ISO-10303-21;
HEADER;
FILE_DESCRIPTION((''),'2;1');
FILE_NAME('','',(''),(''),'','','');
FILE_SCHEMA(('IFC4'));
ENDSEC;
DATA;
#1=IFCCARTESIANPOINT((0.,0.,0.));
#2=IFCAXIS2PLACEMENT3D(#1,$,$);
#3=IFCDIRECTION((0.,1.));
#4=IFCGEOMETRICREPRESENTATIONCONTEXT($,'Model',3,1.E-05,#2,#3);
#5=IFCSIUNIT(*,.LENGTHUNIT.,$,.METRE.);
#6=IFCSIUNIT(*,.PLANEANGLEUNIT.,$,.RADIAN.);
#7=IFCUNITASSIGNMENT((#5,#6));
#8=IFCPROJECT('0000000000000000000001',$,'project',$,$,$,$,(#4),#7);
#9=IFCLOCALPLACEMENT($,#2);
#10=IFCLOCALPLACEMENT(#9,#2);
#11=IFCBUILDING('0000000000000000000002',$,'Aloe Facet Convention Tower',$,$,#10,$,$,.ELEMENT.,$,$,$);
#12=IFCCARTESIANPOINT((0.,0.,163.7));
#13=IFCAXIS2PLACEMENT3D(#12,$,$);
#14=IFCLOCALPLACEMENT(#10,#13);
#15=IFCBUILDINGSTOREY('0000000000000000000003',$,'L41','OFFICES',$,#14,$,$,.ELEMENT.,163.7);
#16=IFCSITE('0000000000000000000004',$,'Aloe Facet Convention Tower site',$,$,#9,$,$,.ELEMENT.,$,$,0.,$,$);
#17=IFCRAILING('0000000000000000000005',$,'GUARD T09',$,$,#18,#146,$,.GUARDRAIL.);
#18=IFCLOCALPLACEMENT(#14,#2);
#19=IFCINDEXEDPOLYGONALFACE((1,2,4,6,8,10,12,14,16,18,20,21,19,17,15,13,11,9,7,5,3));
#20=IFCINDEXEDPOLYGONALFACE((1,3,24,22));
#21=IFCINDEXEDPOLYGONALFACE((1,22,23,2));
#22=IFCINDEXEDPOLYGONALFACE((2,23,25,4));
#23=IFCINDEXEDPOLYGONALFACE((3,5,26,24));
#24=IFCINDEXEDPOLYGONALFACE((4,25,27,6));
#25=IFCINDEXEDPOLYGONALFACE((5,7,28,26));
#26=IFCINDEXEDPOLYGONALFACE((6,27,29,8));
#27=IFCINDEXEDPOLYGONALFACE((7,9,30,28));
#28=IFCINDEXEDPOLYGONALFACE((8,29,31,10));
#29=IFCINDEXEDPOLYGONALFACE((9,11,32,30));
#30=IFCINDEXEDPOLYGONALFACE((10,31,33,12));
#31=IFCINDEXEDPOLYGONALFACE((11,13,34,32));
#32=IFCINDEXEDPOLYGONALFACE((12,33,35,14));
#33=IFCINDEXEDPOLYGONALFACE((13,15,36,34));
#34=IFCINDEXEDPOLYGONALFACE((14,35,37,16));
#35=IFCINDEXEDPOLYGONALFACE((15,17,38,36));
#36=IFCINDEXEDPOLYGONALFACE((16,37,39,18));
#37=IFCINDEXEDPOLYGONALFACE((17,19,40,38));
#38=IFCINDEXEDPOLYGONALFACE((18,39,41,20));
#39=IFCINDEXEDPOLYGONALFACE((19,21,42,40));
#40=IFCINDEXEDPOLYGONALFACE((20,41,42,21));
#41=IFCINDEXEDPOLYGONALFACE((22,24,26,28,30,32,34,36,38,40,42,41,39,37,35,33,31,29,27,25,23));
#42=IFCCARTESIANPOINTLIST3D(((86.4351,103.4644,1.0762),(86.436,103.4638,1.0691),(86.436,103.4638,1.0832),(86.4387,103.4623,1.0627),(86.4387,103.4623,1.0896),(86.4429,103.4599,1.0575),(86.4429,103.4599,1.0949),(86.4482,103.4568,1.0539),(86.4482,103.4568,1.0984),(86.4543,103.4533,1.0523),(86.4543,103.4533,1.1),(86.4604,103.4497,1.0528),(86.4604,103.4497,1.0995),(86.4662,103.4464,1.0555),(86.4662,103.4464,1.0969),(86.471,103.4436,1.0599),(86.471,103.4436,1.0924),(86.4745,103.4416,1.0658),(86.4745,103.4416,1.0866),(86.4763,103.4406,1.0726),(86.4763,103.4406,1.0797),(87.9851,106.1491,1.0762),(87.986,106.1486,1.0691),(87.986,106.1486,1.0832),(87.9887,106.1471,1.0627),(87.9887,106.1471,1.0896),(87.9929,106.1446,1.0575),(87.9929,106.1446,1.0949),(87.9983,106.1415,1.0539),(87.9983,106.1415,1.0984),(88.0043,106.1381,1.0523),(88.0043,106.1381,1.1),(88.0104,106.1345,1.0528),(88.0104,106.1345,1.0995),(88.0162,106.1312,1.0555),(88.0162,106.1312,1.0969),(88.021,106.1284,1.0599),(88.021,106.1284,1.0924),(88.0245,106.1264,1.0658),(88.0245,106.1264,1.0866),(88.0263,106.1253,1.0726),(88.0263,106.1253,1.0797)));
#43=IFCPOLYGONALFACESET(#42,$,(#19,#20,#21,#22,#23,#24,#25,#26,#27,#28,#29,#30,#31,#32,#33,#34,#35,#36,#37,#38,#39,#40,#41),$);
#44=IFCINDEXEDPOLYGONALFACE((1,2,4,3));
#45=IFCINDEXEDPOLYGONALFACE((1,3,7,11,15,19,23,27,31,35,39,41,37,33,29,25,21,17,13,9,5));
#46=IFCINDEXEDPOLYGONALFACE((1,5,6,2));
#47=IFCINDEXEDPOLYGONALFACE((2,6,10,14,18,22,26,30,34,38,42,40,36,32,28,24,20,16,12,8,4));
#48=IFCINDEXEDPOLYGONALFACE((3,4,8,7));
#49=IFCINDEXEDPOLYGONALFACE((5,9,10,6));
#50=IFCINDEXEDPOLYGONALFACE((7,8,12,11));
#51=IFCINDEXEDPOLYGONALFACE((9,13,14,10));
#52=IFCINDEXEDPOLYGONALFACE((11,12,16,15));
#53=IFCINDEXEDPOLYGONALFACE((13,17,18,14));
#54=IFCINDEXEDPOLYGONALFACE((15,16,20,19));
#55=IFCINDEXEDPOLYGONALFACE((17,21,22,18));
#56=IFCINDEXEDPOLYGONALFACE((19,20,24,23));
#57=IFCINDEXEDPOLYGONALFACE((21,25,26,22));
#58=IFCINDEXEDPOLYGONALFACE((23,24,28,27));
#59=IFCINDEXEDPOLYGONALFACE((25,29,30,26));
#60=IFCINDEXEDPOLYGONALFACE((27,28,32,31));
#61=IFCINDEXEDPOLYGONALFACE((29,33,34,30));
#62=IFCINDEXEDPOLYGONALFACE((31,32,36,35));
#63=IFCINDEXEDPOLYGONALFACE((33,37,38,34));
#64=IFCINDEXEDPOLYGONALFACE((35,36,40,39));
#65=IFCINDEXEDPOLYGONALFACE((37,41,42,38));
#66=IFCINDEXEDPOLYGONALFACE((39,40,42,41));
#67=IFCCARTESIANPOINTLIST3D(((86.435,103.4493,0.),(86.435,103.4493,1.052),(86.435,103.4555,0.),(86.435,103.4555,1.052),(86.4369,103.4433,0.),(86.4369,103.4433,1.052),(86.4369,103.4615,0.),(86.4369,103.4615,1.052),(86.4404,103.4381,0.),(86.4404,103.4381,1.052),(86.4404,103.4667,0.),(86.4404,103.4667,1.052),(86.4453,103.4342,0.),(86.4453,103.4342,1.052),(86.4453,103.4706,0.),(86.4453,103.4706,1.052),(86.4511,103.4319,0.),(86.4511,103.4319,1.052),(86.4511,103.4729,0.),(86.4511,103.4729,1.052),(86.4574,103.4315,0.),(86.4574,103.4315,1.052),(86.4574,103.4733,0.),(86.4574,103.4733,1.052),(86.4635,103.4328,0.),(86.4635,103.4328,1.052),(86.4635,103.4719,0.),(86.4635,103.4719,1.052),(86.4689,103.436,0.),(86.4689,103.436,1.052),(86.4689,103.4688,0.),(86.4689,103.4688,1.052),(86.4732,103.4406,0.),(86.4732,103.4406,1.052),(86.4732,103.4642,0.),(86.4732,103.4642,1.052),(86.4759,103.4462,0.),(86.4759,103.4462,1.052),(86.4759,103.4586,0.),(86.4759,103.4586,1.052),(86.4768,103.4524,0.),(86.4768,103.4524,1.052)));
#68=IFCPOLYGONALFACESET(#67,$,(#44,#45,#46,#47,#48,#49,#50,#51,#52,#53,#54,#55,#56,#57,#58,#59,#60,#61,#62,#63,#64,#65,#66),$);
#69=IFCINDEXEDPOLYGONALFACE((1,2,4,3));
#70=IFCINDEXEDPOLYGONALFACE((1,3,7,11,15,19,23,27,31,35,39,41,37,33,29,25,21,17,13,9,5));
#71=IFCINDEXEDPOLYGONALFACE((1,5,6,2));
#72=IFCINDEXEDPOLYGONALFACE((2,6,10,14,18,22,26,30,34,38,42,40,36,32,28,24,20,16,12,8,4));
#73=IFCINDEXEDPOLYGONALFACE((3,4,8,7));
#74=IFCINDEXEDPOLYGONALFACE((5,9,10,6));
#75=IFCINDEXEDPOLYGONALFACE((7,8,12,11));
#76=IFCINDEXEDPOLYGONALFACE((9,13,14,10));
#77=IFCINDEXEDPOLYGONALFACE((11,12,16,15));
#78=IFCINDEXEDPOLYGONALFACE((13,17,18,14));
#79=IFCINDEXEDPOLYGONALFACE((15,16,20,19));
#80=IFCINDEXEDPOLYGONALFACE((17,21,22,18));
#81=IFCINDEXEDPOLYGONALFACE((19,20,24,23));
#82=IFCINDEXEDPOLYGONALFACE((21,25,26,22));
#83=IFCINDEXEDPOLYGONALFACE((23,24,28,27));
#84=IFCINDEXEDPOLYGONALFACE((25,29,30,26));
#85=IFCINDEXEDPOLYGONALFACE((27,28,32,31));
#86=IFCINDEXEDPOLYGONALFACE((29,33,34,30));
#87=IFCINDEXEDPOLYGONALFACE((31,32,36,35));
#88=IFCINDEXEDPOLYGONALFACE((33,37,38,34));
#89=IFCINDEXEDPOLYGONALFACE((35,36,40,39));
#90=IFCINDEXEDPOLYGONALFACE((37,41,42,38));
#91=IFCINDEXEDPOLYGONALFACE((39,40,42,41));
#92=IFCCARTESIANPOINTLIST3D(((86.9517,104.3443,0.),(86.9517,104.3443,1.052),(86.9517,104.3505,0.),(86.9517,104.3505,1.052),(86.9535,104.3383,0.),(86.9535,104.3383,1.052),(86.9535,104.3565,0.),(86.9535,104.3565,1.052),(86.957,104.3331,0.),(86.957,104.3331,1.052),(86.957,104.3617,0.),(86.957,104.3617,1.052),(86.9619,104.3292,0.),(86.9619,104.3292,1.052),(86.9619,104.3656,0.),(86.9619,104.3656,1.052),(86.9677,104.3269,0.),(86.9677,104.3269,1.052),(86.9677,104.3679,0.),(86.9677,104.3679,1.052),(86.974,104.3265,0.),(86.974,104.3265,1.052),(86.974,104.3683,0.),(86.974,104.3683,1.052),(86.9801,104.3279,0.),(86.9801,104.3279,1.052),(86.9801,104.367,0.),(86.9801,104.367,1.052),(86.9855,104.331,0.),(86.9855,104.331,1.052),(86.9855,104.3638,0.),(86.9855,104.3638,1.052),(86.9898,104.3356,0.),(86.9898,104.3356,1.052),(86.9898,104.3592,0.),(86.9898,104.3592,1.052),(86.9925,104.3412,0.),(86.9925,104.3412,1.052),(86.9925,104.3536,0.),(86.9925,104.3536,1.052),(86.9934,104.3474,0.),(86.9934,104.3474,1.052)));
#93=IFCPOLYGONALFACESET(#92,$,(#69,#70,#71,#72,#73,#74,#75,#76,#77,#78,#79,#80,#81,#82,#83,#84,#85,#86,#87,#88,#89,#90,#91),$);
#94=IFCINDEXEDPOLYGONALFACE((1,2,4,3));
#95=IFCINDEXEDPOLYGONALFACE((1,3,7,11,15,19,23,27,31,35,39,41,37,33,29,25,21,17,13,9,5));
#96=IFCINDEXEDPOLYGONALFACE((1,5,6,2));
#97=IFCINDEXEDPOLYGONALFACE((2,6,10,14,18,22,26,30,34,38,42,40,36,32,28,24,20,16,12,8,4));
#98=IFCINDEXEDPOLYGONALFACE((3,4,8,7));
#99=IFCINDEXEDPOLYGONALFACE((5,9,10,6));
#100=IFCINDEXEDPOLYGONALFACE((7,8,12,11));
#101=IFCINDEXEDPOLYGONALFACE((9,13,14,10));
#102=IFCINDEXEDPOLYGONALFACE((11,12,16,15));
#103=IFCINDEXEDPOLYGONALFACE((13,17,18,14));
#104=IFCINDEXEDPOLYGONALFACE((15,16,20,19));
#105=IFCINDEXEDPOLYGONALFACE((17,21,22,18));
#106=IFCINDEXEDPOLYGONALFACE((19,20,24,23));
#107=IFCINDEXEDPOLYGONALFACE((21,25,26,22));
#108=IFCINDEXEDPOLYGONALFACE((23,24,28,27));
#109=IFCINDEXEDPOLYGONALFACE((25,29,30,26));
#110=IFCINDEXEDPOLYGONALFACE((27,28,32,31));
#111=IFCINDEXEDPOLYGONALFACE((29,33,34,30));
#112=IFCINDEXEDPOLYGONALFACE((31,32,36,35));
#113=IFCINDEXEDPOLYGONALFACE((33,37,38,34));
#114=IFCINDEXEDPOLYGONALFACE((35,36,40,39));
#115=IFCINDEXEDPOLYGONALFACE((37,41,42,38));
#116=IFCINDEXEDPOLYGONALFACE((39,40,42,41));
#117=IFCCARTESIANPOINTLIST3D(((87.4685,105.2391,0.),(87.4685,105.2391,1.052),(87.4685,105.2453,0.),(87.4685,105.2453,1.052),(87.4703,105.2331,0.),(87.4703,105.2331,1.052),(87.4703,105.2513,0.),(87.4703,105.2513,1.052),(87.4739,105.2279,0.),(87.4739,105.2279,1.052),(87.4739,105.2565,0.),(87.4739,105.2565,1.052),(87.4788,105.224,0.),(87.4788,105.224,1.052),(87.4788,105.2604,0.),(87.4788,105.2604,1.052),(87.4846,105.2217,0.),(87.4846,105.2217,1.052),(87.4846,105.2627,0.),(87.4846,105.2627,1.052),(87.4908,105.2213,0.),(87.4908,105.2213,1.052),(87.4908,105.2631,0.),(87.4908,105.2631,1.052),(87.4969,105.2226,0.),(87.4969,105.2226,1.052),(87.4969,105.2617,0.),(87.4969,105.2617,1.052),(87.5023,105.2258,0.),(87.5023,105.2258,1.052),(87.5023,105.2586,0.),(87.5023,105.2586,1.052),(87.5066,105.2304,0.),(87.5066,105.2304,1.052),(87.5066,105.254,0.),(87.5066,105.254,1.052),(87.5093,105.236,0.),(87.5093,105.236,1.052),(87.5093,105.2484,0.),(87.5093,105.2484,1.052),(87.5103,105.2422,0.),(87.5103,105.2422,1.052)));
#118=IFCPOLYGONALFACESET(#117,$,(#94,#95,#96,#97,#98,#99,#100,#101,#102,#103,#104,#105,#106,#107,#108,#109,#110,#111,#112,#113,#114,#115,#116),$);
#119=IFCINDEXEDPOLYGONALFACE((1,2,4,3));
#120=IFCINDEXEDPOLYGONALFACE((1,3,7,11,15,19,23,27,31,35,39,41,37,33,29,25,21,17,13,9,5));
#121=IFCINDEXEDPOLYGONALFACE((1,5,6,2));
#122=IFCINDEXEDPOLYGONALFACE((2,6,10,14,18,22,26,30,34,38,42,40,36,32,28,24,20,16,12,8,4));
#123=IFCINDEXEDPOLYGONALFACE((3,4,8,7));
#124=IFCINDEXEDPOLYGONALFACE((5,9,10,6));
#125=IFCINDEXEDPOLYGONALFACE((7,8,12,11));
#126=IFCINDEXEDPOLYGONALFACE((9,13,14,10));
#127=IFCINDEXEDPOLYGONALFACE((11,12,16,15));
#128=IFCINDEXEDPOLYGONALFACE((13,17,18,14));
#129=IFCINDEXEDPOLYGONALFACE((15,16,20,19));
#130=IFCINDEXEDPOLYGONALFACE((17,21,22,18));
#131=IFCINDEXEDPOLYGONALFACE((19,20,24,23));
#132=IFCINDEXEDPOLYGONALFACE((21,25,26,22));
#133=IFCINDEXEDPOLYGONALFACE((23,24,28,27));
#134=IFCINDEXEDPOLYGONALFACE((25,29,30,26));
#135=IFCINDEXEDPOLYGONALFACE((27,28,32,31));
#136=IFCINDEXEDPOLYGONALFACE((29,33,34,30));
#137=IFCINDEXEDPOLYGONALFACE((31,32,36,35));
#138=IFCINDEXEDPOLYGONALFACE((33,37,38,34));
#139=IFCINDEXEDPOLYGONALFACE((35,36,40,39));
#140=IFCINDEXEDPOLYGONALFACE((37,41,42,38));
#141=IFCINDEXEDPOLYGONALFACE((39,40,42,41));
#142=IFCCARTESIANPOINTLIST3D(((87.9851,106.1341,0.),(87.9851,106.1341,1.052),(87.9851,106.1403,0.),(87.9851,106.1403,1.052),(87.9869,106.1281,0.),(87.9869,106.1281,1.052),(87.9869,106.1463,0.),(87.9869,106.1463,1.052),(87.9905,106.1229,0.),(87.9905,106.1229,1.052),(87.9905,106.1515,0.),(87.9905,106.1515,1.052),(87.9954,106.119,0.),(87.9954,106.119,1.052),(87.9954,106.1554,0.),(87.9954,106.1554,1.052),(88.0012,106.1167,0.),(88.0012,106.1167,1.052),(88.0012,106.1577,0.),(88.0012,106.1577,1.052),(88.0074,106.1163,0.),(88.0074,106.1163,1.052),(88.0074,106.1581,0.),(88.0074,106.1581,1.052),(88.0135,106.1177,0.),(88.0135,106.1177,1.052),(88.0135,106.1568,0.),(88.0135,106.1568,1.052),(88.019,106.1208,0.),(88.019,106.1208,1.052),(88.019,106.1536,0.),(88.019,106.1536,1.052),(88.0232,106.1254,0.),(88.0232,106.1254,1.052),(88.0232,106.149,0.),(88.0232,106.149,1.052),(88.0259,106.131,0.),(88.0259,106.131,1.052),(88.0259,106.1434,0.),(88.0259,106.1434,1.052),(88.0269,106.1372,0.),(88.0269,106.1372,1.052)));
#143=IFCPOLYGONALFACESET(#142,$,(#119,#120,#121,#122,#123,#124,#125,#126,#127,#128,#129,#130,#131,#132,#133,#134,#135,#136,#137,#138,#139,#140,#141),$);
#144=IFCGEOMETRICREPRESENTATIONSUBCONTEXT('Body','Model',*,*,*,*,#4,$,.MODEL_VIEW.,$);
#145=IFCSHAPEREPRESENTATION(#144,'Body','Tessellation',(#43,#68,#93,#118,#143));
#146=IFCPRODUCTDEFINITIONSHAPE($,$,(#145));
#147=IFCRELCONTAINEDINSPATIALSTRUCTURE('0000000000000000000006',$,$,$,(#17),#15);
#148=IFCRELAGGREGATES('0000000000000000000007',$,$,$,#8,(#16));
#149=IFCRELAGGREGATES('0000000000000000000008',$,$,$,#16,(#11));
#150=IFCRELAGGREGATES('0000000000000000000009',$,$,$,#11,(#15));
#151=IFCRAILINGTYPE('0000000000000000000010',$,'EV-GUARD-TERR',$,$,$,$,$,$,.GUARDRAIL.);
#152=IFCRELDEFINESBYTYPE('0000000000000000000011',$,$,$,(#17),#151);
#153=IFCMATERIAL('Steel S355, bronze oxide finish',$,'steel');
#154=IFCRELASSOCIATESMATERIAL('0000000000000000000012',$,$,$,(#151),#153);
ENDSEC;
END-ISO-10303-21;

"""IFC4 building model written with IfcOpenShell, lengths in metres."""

from ifc_helpers import new_model, si_unit, direction, frame, origin, origin_2d, place, context, subcontext, project, spatial, circle, extrude, material, type_object, element, save


model = new_model("IFC4")

# Units and contexts
model_context = context("Model", 3, precision=1e-05, world=origin(), true_north=direction((0.0, 1.0)))
body_context = subcontext(model_context, "Body", "Model", "MODEL_VIEW")
ifc_project = project(units=[si_unit("LENGTHUNIT", "METRE"), si_unit("PLANEANGLEUNIT", "RADIAN")], contexts=[model_context])

# Site, building, storey
site_placement = place(None, origin())
site = spatial("IfcSite", under=ifc_project, at=site_placement, Name="Aloe Facet Convention Tower site", CompositionType="ELEMENT", RefElevation=0.0)
building_placement = place(site_placement, origin())
building = spatial("IfcBuilding", under=site, at=building_placement, Name="Aloe Facet Convention Tower", CompositionType="ELEMENT")
storey_placement = place(building_placement, frame((0.0, 0.0, 163.7)))
storey = spatial("IfcBuildingStorey", under=building, at=storey_placement, Name="L41", Description="OFFICES", CompositionType="ELEMENT", Elevation=163.7)

# Railing
ifc_material_1 = material(Name="Steel S355, bronze oxide finish", Category="steel")
railing_type = type_object("IfcRailingType", Name="EV-GUARD-TERR", PredefinedType="GUARDRAIL", material=ifc_material_1)
railing_placement = place(storey_placement, frame((86.4558, 103.4524, 0.0)))
element("IfcRailing", 1, at=railing_placement, inside=storey, type_object=railing_type, Name="GUARD T09", PredefinedType="GUARDRAIL", context=body_context, shape_type="SweptSolid", body=[
    extrude(circle(Radius=0.0239, at=origin_2d()), frame((0.0, 0.0, 1.0762), z_axis=(0.499993, 0.86603, 0.0), x_axis=(-0.86603, 0.499993, 0.0)), (0.0, 0.0, 1.0), 3.1001),
    extrude(circle(Radius=0.021, at=origin_2d()), origin(), (0.0, 0.0, 1.0), 1.052),
    extrude(circle(Radius=0.021, at=origin_2d()), frame((0.5166, 0.895, 0.0)), (0.0, 0.0, 1.0), 1.052),
    extrude(circle(Radius=0.021, at=origin_2d()), frame((1.0334, 1.7898, 0.0)), (0.0, 0.0, 1.0), 1.052),
    extrude(circle(Radius=0.021, at=origin_2d()), frame((1.55, 2.6848, 0.0)), (0.0, 0.0, 1.0), 1.052),
])

save(model, "model.ifc")
